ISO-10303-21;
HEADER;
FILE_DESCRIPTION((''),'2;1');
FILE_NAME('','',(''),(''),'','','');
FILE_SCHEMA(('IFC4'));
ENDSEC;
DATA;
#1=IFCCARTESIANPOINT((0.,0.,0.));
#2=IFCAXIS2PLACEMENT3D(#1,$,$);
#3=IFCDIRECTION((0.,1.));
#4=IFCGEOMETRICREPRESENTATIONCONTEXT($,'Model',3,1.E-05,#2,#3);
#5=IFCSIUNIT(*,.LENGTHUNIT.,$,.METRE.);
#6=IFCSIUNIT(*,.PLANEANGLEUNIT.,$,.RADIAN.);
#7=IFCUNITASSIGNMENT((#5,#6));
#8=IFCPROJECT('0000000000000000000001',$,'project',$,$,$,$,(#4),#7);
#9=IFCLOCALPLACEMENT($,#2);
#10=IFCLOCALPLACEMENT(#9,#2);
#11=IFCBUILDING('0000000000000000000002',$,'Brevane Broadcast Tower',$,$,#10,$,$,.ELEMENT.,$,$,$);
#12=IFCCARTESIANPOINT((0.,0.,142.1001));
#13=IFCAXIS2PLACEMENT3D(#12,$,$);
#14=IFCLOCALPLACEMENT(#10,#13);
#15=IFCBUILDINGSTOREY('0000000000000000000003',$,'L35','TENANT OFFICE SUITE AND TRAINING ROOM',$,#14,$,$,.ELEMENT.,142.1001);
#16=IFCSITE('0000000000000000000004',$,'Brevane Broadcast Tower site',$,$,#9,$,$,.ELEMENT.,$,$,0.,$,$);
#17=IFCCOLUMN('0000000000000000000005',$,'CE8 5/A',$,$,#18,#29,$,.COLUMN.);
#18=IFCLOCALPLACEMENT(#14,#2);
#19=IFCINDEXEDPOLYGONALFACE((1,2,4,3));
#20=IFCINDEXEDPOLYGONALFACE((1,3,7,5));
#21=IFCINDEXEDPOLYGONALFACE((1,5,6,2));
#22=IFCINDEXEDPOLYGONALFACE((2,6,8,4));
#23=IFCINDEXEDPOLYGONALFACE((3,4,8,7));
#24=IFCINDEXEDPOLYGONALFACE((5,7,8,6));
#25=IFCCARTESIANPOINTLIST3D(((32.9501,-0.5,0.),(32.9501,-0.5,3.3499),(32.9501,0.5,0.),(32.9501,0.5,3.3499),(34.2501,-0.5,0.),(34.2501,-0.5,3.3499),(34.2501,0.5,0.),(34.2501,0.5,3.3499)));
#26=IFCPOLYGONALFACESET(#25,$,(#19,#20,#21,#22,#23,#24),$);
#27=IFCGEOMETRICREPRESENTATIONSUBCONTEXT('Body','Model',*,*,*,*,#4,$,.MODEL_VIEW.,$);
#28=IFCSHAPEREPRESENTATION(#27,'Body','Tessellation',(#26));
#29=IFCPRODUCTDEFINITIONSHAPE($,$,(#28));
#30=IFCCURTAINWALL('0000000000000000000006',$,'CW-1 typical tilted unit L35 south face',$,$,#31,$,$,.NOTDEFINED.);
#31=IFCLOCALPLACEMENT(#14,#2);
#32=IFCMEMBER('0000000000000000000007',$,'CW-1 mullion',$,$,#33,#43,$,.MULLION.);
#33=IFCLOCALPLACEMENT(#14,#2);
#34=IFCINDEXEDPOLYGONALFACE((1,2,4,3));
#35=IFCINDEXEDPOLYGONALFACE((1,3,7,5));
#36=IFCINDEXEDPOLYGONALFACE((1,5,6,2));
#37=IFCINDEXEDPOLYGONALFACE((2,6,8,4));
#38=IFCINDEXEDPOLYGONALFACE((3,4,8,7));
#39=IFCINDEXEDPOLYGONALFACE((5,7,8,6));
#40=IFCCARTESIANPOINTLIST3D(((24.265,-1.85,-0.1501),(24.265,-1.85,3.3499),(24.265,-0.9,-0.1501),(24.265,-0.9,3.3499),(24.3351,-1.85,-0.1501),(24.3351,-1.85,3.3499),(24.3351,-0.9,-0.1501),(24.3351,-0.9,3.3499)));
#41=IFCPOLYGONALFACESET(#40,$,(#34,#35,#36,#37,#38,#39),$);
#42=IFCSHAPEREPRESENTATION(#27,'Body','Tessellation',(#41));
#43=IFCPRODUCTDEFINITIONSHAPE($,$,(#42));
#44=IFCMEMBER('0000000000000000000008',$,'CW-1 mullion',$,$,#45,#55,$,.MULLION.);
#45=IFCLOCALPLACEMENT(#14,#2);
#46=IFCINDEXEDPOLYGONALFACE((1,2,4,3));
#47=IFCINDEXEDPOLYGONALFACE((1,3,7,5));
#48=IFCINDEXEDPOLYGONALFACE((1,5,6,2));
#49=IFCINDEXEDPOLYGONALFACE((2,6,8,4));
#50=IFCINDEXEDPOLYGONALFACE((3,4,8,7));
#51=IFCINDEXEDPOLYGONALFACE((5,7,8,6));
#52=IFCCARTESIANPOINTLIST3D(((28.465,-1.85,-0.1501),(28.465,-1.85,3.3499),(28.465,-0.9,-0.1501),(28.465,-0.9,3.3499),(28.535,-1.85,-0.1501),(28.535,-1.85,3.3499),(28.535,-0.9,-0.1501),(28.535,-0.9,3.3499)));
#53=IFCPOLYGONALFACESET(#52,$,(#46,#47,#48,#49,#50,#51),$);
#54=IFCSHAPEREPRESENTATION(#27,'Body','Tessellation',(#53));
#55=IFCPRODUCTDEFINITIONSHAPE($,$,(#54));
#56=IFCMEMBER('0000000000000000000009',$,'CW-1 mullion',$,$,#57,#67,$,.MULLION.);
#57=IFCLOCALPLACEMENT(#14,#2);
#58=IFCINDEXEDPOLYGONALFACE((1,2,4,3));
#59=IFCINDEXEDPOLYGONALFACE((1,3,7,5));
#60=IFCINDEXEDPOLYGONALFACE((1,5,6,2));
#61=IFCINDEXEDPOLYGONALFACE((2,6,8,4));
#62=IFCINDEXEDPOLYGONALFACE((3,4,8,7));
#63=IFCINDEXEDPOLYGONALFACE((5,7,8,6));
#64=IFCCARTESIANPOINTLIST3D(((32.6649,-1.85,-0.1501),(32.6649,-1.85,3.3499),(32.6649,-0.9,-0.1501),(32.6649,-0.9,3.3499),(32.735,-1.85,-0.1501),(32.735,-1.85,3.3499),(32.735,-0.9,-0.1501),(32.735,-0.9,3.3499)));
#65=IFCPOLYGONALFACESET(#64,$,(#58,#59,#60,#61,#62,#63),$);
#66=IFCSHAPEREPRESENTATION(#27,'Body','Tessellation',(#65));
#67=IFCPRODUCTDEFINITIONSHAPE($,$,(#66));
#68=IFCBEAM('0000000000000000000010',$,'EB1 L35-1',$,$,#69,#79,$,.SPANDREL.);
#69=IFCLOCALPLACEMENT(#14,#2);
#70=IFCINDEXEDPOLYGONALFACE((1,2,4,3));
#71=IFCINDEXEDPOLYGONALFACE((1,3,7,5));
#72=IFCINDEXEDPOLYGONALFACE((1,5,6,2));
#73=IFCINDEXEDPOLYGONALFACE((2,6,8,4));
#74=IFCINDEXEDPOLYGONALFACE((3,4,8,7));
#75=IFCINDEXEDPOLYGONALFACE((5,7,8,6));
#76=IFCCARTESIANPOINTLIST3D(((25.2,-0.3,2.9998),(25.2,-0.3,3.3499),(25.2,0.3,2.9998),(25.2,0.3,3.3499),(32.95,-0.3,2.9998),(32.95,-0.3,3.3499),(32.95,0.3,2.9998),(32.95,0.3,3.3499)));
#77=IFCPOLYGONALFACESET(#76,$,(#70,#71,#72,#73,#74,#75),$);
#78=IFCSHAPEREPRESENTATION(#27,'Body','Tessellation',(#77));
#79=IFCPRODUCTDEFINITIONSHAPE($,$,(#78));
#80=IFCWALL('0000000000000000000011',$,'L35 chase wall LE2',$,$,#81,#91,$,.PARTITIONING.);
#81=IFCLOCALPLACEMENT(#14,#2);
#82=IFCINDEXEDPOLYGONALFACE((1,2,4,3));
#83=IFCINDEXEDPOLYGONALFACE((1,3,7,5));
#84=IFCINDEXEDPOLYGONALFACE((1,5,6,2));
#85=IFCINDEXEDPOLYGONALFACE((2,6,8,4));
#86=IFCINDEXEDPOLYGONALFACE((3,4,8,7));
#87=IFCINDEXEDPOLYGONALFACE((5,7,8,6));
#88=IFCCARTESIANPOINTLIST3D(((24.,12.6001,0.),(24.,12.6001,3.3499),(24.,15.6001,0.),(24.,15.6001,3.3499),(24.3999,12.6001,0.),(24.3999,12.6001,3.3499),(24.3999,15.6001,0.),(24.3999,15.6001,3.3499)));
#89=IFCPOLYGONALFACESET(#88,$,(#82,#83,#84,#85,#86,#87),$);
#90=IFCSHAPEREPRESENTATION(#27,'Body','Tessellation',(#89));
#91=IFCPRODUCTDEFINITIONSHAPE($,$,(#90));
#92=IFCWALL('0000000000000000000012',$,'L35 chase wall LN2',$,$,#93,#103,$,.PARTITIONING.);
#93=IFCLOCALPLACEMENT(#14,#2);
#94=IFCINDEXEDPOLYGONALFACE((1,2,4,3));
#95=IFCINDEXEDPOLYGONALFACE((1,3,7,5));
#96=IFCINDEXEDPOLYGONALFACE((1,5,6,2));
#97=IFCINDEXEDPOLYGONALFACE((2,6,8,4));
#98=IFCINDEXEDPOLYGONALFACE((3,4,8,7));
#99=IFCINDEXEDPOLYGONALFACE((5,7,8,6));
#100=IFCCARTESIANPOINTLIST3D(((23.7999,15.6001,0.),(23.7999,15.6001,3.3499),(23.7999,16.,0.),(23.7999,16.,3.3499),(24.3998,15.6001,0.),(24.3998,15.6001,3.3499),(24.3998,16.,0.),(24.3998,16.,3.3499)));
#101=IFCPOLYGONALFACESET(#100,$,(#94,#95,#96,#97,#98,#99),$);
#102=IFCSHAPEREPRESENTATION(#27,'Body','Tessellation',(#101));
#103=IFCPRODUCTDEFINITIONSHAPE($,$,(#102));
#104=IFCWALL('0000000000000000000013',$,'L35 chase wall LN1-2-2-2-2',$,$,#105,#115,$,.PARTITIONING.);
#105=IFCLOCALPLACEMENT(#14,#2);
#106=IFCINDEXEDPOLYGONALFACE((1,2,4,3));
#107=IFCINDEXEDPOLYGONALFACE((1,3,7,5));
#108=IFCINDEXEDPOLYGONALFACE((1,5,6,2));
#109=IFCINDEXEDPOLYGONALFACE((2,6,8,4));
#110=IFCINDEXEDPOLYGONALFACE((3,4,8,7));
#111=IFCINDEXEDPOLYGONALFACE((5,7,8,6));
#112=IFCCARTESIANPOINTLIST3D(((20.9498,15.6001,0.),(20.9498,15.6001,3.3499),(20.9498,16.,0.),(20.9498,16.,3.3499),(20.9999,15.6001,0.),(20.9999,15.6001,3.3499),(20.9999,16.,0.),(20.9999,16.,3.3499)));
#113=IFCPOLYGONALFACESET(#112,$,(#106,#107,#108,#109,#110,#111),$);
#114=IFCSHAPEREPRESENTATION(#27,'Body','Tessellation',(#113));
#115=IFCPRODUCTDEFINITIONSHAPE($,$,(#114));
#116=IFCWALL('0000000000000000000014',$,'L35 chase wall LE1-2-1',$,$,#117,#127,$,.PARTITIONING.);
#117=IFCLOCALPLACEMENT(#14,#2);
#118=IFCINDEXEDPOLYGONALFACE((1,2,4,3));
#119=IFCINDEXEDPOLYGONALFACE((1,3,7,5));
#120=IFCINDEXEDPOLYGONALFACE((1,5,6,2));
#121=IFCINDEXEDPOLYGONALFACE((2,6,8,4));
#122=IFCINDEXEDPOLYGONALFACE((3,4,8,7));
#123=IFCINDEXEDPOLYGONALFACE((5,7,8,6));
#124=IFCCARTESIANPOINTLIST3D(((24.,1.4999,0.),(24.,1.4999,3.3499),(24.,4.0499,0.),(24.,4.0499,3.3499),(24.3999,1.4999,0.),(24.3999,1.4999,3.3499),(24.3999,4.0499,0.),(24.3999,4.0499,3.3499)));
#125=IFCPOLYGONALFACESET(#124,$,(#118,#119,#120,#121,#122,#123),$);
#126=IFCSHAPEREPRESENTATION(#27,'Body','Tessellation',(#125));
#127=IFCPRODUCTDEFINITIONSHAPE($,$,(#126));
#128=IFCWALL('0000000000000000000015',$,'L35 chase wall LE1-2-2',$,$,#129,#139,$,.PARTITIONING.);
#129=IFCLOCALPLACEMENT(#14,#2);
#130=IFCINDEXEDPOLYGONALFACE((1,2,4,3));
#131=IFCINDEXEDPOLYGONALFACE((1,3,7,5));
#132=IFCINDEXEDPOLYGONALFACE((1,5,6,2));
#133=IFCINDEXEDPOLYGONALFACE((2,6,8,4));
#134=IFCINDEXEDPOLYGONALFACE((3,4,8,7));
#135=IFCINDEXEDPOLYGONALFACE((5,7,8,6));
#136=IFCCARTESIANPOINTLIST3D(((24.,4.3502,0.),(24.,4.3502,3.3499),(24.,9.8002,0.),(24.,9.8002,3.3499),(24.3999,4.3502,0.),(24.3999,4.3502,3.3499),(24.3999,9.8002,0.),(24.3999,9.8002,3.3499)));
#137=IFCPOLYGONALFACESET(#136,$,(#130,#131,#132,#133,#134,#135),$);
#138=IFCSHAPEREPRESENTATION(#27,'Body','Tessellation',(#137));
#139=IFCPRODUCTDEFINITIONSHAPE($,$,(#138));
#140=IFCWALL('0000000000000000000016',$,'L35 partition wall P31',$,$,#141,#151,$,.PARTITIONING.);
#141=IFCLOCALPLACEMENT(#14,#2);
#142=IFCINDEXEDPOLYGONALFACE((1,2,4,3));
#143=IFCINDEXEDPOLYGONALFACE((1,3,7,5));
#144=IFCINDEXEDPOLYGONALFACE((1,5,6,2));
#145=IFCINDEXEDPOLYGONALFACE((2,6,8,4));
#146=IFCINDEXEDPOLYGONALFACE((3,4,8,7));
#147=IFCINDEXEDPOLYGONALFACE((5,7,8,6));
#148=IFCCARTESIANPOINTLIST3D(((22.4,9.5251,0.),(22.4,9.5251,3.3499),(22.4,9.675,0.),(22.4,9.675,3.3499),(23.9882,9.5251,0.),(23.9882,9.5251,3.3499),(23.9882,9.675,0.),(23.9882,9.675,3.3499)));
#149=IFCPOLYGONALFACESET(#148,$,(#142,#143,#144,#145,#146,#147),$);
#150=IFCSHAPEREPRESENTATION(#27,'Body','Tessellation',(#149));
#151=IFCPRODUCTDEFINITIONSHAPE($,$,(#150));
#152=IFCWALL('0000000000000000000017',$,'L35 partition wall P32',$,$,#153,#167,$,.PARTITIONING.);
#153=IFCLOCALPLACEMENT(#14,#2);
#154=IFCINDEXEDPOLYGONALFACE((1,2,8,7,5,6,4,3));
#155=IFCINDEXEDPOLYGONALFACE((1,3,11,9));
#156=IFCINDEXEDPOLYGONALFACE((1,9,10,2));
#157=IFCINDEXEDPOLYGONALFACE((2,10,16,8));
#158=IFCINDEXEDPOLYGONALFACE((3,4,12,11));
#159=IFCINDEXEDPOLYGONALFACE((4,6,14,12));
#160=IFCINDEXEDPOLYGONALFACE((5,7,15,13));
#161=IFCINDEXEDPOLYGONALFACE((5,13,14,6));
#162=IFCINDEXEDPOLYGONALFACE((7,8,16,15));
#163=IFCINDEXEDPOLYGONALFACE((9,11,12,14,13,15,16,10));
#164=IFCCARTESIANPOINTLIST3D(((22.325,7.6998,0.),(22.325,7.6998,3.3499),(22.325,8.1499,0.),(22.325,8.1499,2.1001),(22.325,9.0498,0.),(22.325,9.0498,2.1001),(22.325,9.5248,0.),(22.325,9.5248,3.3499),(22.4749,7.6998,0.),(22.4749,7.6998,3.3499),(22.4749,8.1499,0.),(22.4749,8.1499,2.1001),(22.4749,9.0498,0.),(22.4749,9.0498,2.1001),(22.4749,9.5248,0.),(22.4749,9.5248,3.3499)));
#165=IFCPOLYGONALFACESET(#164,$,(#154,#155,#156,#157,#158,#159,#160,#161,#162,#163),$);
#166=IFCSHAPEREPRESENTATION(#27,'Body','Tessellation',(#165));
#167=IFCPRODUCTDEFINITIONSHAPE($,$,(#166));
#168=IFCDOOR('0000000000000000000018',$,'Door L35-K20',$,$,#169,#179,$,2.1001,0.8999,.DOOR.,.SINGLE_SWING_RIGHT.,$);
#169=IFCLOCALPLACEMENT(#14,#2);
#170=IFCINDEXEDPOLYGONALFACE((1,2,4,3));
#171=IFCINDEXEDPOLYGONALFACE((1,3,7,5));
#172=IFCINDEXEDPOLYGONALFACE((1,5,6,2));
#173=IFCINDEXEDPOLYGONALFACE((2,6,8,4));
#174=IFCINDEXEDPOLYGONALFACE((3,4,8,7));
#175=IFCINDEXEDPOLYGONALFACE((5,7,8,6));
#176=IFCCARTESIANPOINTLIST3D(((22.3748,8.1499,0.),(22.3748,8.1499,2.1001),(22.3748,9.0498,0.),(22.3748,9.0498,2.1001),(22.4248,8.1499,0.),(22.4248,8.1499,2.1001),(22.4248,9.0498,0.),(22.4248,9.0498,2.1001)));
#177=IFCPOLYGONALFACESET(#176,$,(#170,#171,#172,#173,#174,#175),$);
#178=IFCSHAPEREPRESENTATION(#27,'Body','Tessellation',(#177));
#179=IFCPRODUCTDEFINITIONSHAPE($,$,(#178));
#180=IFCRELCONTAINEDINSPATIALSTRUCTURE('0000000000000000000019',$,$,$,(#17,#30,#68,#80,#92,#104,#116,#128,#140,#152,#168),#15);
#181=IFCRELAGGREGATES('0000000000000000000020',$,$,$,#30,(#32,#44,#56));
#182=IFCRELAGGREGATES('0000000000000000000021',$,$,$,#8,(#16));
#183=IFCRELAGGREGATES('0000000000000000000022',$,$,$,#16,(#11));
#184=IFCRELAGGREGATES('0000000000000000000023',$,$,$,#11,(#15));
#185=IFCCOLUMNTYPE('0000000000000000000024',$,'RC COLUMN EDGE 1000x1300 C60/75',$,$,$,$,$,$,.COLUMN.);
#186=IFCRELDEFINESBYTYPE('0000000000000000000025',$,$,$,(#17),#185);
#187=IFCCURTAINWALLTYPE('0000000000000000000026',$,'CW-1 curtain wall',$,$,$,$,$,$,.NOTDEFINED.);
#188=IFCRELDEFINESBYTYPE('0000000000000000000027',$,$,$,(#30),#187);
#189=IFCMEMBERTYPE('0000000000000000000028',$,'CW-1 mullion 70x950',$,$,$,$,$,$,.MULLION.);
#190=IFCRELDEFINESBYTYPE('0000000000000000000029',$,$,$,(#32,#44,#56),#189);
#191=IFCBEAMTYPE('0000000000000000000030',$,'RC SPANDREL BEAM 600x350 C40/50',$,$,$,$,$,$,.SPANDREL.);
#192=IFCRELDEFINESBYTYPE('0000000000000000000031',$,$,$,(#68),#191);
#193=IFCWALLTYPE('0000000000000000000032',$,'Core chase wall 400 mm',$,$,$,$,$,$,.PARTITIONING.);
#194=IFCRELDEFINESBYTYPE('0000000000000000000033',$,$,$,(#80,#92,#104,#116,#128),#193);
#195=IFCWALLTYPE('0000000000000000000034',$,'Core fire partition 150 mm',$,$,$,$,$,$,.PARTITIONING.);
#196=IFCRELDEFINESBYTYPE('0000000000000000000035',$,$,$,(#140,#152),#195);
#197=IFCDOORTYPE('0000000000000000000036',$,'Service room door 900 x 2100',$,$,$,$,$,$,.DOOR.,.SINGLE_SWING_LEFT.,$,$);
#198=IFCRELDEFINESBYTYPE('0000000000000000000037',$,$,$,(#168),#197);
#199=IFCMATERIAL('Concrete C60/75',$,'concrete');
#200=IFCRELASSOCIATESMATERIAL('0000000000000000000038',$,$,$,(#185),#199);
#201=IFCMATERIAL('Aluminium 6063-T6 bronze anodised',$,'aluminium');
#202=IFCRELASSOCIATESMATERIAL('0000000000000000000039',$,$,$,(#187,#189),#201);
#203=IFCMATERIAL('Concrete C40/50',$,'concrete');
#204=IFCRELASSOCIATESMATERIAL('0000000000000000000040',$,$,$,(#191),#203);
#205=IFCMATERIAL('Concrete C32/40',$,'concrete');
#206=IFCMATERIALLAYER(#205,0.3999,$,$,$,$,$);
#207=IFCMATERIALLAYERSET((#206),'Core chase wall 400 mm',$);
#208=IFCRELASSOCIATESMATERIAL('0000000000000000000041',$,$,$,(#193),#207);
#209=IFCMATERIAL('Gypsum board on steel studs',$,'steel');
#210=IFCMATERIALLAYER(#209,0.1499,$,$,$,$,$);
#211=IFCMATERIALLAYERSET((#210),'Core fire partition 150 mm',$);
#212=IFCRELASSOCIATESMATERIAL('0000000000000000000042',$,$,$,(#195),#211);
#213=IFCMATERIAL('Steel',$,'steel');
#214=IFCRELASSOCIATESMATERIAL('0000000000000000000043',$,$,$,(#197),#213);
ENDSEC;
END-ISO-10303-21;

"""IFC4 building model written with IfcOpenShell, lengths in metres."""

from ifc_helpers import new_model, si_unit, direction, frame, frame_2d, origin, origin_2d, place, context, subcontext, project, spatial, rectangle, extrude, material, layer, layer_set, material_profile, profile_set, type_object, element, fill, aggregate, save


model = new_model("IFC4")

# Units and contexts
model_context = context("Model", 3, precision=1e-05, world=origin(), true_north=direction((0.0, 1.0)))
body_context = subcontext(model_context, "Body", "Model", "MODEL_VIEW")
ifc_project = project(units=[si_unit("LENGTHUNIT", "METRE"), si_unit("PLANEANGLEUNIT", "RADIAN")], contexts=[model_context])

# Site, building, storey
site_placement = place(None, origin())
site = spatial("IfcSite", under=ifc_project, at=site_placement, Name="Brevane Broadcast Tower site", CompositionType="ELEMENT", RefElevation=0.0)
building_placement = place(site_placement, origin())
building = spatial("IfcBuilding", under=site, at=building_placement, Name="Brevane Broadcast Tower", CompositionType="ELEMENT")
storey_placement = place(building_placement, frame((0.0, 0.0, 142.1001)))
storey = spatial("IfcBuildingStorey", under=building, at=storey_placement, Name="L35", Description="TENANT OFFICE SUITE AND TRAINING ROOM", CompositionType="ELEMENT", Elevation=142.1001)

# Column
ifc_material_1 = material(Name="Concrete C60/75", Category="concrete")
ifc_material_profile_1 = material_profile(ifc_material_1, rectangle(XDim=1.0, YDim=1.3, at=origin_2d()), Name="RC 1000x1300")
ifc_profile_set_1 = profile_set([ifc_material_profile_1], Name="Concrete C60/75")
column_type = type_object("IfcColumnType", Name="RC COLUMN EDGE 1000x1300 C60/75", PredefinedType="COLUMN", material=ifc_profile_set_1)
column_placement = place(storey_placement, frame((33.6001, 0.0, 0.0), z_axis=(0.0, 0.0, 1.0), x_axis=(0.0, 1.0, 0.0)))
element("IfcColumn", 1, at=column_placement, inside=storey, type_object=column_type, Name="CE8 5/A", PredefinedType="COLUMN", context=body_context, shape_type="SweptSolid", body=[
    extrude(rectangle(XDim=1.0, YDim=1.3, at=origin_2d()), origin(), (0.0, 0.0, 1.0), 3.3499),
])

# Curtain wall, members
ifc_material_2 = material(Name="Aluminium 6063-T6 bronze anodised", Category="aluminium")
curtain_wall_type = type_object("IfcCurtainWallType", Name="CW-1 curtain wall", PredefinedType="NOTDEFINED", material=ifc_material_2)
curtain_wall_placement = place(storey_placement, origin())
curtain_wall = element("IfcCurtainWall", 2, at=curtain_wall_placement, inside=storey, type_object=curtain_wall_type, Name="CW-1 typical tilted unit L35 south face", PredefinedType="NOTDEFINED")
ifc_material_profile_2 = material_profile(ifc_material_2, rectangle(XDim=0.95, YDim=0.0701, at=origin_2d()), Name="RECT 70x950")
ifc_profile_set_2 = profile_set([ifc_material_profile_2], Name="Aluminium 6063-T6 bronze anodised")
member_type = type_object("IfcMemberType", Name="CW-1 mullion 70x950", PredefinedType="MULLION", material=ifc_profile_set_2)
member_1_placement = place(storey_placement, frame((24.3, -1.375, -0.1501), z_axis=(0.0, 0.0, 1.0), x_axis=(0.0, 1.0, 0.0)))
member_1 = element("IfcMember", 3, at=member_1_placement, type_object=member_type, Name="CW-1 mullion", PredefinedType="MULLION", context=body_context, shape_type="SweptSolid", body=[
    extrude(rectangle(XDim=0.95, YDim=0.0701, at=origin_2d()), origin(), (0.0, 0.0, 1.0), 3.5),
])
member_2_placement = place(storey_placement, frame((28.5, -1.375, -0.1501), z_axis=(0.0, 0.0, 1.0), x_axis=(0.0, 1.0, 0.0)))
member_2 = element("IfcMember", 4, at=member_2_placement, type_object=member_type, Name="CW-1 mullion", PredefinedType="MULLION", context=body_context, shape_type="SweptSolid", body=[
    extrude(rectangle(XDim=0.95, YDim=0.0701, at=origin_2d()), origin(), (0.0, 0.0, 1.0), 3.5),
])
member_3_placement = place(storey_placement, frame((32.7, -1.375, -0.1501), z_axis=(0.0, 0.0, 1.0), x_axis=(0.0, 1.0, 0.0)))
member_3 = element("IfcMember", 5, at=member_3_placement, type_object=member_type, Name="CW-1 mullion", PredefinedType="MULLION", context=body_context, shape_type="SweptSolid", body=[
    extrude(rectangle(XDim=0.95, YDim=0.0701, at=origin_2d()), origin(), (0.0, 0.0, 1.0), 3.5),
])
aggregate(curtain_wall, [member_1, member_2, member_3])

# Beam
ifc_material_3 = material(Name="Concrete C40/50", Category="concrete")
ifc_material_profile_3 = material_profile(ifc_material_3, rectangle(XDim=0.6001, YDim=0.3501, at=origin_2d()), Name="RC 600x350")
ifc_profile_set_3 = profile_set([ifc_material_profile_3], Name="Concrete C40/50")
beam_type = type_object("IfcBeamType", Name="RC SPANDREL BEAM 600x350 C40/50", PredefinedType="SPANDREL", material=ifc_profile_set_3)
beam_placement = place(storey_placement, frame((25.2, 0.0, 3.1748), z_axis=(1.0, 0.0, 0.0), x_axis=(0.0, 1.0, 0.0)))
element("IfcBeam", 6, at=beam_placement, inside=storey, type_object=beam_type, Name="EB1 L35-1", PredefinedType="SPANDREL", context=body_context, shape_type="SweptSolid", body=[
    extrude(rectangle(XDim=0.6001, YDim=0.3501, at=origin_2d()), origin(), (0.0, 0.0, 1.0), 7.75),
])

# Walls
ifc_material_4 = material(Name="Concrete C32/40", Category="concrete")
ifc_layer_1 = layer(ifc_material_4, 0.3999)
ifc_layer_set_1 = layer_set([ifc_layer_1], Name="Core chase wall 400 mm")
wall_type_1 = type_object("IfcWallType", Name="Core chase wall 400 mm", PredefinedType="PARTITIONING", material=ifc_layer_set_1)
wall_1_placement = place(storey_placement, frame((24.2, 12.6001, 0.0), z_axis=(0.0, 0.0, 1.0), x_axis=(0.0, 1.0, 0.0)))
element("IfcWall", 7, at=wall_1_placement, inside=storey, type_object=wall_type_1, Name="L35 chase wall LE2", PredefinedType="PARTITIONING", context=body_context, shape_type="SweptSolid", body=[
    extrude(rectangle(XDim=3.0, YDim=0.3999, at=frame_2d((1.5, 0.0))), origin(), (0.0, 0.0, 1.0), 3.3499),
])
wall_2_placement = place(storey_placement, frame((23.8, 15.8, 0.0), z_axis=(0.0, 0.0, 1.0), x_axis=(1.0, 0.0, 0.0)))
element("IfcWall", 8, at=wall_2_placement, inside=storey, type_object=wall_type_1, Name="L35 chase wall LN2", PredefinedType="PARTITIONING", context=body_context, shape_type="SweptSolid", body=[
    extrude(rectangle(XDim=0.5999, YDim=0.3999, at=frame_2d((0.2998, 0.0))), origin(), (0.0, 0.0, 1.0), 3.3499),
])
wall_3_placement = place(storey_placement, frame((20.95, 15.8, 0.0), z_axis=(0.0, 0.0, 1.0), x_axis=(1.0, 0.0, 0.0)))
element("IfcWall", 9, at=wall_3_placement, inside=storey, type_object=wall_type_1, Name="L35 chase wall LN1-2-2-2-2", PredefinedType="PARTITIONING", context=body_context, shape_type="SweptSolid", body=[
    extrude(rectangle(XDim=0.05, YDim=0.3999, at=frame_2d((0.0249, 0.0))), origin(), (0.0, 0.0, 1.0), 3.3499),
])
wall_4_placement = place(storey_placement, frame((24.2, 1.5, 0.0), z_axis=(0.0, 0.0, 1.0), x_axis=(0.0, 1.0, 0.0)))
element("IfcWall", 10, at=wall_4_placement, inside=storey, type_object=wall_type_1, Name="L35 chase wall LE1-2-1", PredefinedType="PARTITIONING", context=body_context, shape_type="SweptSolid", body=[
    extrude(rectangle(XDim=2.55, YDim=0.3999, at=frame_2d((1.2749, 0.0))), origin(), (0.0, 0.0, 1.0), 3.3499),
])
wall_5_placement = place(storey_placement, frame((24.2, 4.3501, 0.0), z_axis=(0.0, 0.0, 1.0), x_axis=(0.0, 1.0, 0.0)))
element("IfcWall", 11, at=wall_5_placement, inside=storey, type_object=wall_type_1, Name="L35 chase wall LE1-2-2", PredefinedType="PARTITIONING", context=body_context, shape_type="SweptSolid", body=[
    extrude(rectangle(XDim=5.45, YDim=0.3999, at=frame_2d((2.7251, 0.0))), origin(), (0.0, 0.0, 1.0), 3.3499),
])
ifc_material_5 = material(Name="Gypsum board on steel studs", Category="steel")
ifc_layer_2 = layer(ifc_material_5, 0.1499)
ifc_layer_set_2 = layer_set([ifc_layer_2], Name="Core fire partition 150 mm")
wall_type_2 = type_object("IfcWallType", Name="Core fire partition 150 mm", PredefinedType="PARTITIONING", material=ifc_layer_set_2)
wall_6_placement = place(storey_placement, frame((23.988, 9.6001, 0.0), z_axis=(0.0, 0.0, 1.0), x_axis=(-1.0, 0.0, 0.0)))
element("IfcWall", 12, at=wall_6_placement, inside=storey, type_object=wall_type_2, Name="L35 partition wall P31", PredefinedType="PARTITIONING", context=body_context, shape_type="SweptSolid", body=[
    extrude(rectangle(XDim=1.5881, YDim=0.1499, at=frame_2d((0.7939, 0.0))), origin(), (0.0, 0.0, 1.0), 3.3499),
])

# Wall, opening, door
wall_7_placement = place(storey_placement, frame((22.3999, 9.5249, 0.0), z_axis=(0.0, 0.0, 1.0), x_axis=(0.0, -1.0, 0.0)))
wall_7 = element("IfcWall", 13, at=wall_7_placement, inside=storey, type_object=wall_type_2, Name="L35 partition wall P32", PredefinedType="PARTITIONING", context=body_context, shape_type="SweptSolid", body=[
    extrude(rectangle(XDim=1.825, YDim=0.1499, at=frame_2d((0.9126, 0.0))), origin(), (0.0, 0.0, 1.0), 3.3499),
])
opening_1_placement = place(wall_7_placement, frame((0.4751, 0.0, 0.0)))
opening_1 = element("IfcOpeningElement", 14, at=opening_1_placement, cuts=wall_7, PredefinedType="OPENING", context=body_context, shape_type="SweptSolid", body=[
    extrude(rectangle(XDim=0.8999, YDim=2.1001, at=frame_2d((0.45, 1.05))), frame((0.0, 0.085, 0.0), z_axis=(0.0, -1.0, 0.0), x_axis=(1.0, 0.0, 0.0)), (0.0, 0.0, 1.0), 0.1699),
])
ifc_material_6 = material(Name="Steel", Category="steel")
door_type_1 = type_object("IfcDoorType", Name="Service room door 900 x 2100", OperationType="SINGLE_SWING_LEFT", PredefinedType="DOOR", material=ifc_material_6)
door_1_placement = place(opening_1_placement, origin())
door_1 = element("IfcDoor", 15, at=door_1_placement, inside=storey, type_object=door_type_1, Name="Door L35-K20", OperationType="SINGLE_SWING_RIGHT", OverallHeight=2.1001, OverallWidth=0.8999, PredefinedType="DOOR", context=body_context, shape_type="SweptSolid", body=[
    extrude(rectangle(XDim=0.8999, YDim=2.1001, at=frame_2d((0.45, 1.05))), frame((0.0, 0.0249, 0.0), z_axis=(0.0, -1.0, 0.0), x_axis=(1.0, 0.0, 0.0)), (0.0, 0.0, 1.0), 0.05),
])
fill(opening_1, door_1)

save(model, "model.ifc")
